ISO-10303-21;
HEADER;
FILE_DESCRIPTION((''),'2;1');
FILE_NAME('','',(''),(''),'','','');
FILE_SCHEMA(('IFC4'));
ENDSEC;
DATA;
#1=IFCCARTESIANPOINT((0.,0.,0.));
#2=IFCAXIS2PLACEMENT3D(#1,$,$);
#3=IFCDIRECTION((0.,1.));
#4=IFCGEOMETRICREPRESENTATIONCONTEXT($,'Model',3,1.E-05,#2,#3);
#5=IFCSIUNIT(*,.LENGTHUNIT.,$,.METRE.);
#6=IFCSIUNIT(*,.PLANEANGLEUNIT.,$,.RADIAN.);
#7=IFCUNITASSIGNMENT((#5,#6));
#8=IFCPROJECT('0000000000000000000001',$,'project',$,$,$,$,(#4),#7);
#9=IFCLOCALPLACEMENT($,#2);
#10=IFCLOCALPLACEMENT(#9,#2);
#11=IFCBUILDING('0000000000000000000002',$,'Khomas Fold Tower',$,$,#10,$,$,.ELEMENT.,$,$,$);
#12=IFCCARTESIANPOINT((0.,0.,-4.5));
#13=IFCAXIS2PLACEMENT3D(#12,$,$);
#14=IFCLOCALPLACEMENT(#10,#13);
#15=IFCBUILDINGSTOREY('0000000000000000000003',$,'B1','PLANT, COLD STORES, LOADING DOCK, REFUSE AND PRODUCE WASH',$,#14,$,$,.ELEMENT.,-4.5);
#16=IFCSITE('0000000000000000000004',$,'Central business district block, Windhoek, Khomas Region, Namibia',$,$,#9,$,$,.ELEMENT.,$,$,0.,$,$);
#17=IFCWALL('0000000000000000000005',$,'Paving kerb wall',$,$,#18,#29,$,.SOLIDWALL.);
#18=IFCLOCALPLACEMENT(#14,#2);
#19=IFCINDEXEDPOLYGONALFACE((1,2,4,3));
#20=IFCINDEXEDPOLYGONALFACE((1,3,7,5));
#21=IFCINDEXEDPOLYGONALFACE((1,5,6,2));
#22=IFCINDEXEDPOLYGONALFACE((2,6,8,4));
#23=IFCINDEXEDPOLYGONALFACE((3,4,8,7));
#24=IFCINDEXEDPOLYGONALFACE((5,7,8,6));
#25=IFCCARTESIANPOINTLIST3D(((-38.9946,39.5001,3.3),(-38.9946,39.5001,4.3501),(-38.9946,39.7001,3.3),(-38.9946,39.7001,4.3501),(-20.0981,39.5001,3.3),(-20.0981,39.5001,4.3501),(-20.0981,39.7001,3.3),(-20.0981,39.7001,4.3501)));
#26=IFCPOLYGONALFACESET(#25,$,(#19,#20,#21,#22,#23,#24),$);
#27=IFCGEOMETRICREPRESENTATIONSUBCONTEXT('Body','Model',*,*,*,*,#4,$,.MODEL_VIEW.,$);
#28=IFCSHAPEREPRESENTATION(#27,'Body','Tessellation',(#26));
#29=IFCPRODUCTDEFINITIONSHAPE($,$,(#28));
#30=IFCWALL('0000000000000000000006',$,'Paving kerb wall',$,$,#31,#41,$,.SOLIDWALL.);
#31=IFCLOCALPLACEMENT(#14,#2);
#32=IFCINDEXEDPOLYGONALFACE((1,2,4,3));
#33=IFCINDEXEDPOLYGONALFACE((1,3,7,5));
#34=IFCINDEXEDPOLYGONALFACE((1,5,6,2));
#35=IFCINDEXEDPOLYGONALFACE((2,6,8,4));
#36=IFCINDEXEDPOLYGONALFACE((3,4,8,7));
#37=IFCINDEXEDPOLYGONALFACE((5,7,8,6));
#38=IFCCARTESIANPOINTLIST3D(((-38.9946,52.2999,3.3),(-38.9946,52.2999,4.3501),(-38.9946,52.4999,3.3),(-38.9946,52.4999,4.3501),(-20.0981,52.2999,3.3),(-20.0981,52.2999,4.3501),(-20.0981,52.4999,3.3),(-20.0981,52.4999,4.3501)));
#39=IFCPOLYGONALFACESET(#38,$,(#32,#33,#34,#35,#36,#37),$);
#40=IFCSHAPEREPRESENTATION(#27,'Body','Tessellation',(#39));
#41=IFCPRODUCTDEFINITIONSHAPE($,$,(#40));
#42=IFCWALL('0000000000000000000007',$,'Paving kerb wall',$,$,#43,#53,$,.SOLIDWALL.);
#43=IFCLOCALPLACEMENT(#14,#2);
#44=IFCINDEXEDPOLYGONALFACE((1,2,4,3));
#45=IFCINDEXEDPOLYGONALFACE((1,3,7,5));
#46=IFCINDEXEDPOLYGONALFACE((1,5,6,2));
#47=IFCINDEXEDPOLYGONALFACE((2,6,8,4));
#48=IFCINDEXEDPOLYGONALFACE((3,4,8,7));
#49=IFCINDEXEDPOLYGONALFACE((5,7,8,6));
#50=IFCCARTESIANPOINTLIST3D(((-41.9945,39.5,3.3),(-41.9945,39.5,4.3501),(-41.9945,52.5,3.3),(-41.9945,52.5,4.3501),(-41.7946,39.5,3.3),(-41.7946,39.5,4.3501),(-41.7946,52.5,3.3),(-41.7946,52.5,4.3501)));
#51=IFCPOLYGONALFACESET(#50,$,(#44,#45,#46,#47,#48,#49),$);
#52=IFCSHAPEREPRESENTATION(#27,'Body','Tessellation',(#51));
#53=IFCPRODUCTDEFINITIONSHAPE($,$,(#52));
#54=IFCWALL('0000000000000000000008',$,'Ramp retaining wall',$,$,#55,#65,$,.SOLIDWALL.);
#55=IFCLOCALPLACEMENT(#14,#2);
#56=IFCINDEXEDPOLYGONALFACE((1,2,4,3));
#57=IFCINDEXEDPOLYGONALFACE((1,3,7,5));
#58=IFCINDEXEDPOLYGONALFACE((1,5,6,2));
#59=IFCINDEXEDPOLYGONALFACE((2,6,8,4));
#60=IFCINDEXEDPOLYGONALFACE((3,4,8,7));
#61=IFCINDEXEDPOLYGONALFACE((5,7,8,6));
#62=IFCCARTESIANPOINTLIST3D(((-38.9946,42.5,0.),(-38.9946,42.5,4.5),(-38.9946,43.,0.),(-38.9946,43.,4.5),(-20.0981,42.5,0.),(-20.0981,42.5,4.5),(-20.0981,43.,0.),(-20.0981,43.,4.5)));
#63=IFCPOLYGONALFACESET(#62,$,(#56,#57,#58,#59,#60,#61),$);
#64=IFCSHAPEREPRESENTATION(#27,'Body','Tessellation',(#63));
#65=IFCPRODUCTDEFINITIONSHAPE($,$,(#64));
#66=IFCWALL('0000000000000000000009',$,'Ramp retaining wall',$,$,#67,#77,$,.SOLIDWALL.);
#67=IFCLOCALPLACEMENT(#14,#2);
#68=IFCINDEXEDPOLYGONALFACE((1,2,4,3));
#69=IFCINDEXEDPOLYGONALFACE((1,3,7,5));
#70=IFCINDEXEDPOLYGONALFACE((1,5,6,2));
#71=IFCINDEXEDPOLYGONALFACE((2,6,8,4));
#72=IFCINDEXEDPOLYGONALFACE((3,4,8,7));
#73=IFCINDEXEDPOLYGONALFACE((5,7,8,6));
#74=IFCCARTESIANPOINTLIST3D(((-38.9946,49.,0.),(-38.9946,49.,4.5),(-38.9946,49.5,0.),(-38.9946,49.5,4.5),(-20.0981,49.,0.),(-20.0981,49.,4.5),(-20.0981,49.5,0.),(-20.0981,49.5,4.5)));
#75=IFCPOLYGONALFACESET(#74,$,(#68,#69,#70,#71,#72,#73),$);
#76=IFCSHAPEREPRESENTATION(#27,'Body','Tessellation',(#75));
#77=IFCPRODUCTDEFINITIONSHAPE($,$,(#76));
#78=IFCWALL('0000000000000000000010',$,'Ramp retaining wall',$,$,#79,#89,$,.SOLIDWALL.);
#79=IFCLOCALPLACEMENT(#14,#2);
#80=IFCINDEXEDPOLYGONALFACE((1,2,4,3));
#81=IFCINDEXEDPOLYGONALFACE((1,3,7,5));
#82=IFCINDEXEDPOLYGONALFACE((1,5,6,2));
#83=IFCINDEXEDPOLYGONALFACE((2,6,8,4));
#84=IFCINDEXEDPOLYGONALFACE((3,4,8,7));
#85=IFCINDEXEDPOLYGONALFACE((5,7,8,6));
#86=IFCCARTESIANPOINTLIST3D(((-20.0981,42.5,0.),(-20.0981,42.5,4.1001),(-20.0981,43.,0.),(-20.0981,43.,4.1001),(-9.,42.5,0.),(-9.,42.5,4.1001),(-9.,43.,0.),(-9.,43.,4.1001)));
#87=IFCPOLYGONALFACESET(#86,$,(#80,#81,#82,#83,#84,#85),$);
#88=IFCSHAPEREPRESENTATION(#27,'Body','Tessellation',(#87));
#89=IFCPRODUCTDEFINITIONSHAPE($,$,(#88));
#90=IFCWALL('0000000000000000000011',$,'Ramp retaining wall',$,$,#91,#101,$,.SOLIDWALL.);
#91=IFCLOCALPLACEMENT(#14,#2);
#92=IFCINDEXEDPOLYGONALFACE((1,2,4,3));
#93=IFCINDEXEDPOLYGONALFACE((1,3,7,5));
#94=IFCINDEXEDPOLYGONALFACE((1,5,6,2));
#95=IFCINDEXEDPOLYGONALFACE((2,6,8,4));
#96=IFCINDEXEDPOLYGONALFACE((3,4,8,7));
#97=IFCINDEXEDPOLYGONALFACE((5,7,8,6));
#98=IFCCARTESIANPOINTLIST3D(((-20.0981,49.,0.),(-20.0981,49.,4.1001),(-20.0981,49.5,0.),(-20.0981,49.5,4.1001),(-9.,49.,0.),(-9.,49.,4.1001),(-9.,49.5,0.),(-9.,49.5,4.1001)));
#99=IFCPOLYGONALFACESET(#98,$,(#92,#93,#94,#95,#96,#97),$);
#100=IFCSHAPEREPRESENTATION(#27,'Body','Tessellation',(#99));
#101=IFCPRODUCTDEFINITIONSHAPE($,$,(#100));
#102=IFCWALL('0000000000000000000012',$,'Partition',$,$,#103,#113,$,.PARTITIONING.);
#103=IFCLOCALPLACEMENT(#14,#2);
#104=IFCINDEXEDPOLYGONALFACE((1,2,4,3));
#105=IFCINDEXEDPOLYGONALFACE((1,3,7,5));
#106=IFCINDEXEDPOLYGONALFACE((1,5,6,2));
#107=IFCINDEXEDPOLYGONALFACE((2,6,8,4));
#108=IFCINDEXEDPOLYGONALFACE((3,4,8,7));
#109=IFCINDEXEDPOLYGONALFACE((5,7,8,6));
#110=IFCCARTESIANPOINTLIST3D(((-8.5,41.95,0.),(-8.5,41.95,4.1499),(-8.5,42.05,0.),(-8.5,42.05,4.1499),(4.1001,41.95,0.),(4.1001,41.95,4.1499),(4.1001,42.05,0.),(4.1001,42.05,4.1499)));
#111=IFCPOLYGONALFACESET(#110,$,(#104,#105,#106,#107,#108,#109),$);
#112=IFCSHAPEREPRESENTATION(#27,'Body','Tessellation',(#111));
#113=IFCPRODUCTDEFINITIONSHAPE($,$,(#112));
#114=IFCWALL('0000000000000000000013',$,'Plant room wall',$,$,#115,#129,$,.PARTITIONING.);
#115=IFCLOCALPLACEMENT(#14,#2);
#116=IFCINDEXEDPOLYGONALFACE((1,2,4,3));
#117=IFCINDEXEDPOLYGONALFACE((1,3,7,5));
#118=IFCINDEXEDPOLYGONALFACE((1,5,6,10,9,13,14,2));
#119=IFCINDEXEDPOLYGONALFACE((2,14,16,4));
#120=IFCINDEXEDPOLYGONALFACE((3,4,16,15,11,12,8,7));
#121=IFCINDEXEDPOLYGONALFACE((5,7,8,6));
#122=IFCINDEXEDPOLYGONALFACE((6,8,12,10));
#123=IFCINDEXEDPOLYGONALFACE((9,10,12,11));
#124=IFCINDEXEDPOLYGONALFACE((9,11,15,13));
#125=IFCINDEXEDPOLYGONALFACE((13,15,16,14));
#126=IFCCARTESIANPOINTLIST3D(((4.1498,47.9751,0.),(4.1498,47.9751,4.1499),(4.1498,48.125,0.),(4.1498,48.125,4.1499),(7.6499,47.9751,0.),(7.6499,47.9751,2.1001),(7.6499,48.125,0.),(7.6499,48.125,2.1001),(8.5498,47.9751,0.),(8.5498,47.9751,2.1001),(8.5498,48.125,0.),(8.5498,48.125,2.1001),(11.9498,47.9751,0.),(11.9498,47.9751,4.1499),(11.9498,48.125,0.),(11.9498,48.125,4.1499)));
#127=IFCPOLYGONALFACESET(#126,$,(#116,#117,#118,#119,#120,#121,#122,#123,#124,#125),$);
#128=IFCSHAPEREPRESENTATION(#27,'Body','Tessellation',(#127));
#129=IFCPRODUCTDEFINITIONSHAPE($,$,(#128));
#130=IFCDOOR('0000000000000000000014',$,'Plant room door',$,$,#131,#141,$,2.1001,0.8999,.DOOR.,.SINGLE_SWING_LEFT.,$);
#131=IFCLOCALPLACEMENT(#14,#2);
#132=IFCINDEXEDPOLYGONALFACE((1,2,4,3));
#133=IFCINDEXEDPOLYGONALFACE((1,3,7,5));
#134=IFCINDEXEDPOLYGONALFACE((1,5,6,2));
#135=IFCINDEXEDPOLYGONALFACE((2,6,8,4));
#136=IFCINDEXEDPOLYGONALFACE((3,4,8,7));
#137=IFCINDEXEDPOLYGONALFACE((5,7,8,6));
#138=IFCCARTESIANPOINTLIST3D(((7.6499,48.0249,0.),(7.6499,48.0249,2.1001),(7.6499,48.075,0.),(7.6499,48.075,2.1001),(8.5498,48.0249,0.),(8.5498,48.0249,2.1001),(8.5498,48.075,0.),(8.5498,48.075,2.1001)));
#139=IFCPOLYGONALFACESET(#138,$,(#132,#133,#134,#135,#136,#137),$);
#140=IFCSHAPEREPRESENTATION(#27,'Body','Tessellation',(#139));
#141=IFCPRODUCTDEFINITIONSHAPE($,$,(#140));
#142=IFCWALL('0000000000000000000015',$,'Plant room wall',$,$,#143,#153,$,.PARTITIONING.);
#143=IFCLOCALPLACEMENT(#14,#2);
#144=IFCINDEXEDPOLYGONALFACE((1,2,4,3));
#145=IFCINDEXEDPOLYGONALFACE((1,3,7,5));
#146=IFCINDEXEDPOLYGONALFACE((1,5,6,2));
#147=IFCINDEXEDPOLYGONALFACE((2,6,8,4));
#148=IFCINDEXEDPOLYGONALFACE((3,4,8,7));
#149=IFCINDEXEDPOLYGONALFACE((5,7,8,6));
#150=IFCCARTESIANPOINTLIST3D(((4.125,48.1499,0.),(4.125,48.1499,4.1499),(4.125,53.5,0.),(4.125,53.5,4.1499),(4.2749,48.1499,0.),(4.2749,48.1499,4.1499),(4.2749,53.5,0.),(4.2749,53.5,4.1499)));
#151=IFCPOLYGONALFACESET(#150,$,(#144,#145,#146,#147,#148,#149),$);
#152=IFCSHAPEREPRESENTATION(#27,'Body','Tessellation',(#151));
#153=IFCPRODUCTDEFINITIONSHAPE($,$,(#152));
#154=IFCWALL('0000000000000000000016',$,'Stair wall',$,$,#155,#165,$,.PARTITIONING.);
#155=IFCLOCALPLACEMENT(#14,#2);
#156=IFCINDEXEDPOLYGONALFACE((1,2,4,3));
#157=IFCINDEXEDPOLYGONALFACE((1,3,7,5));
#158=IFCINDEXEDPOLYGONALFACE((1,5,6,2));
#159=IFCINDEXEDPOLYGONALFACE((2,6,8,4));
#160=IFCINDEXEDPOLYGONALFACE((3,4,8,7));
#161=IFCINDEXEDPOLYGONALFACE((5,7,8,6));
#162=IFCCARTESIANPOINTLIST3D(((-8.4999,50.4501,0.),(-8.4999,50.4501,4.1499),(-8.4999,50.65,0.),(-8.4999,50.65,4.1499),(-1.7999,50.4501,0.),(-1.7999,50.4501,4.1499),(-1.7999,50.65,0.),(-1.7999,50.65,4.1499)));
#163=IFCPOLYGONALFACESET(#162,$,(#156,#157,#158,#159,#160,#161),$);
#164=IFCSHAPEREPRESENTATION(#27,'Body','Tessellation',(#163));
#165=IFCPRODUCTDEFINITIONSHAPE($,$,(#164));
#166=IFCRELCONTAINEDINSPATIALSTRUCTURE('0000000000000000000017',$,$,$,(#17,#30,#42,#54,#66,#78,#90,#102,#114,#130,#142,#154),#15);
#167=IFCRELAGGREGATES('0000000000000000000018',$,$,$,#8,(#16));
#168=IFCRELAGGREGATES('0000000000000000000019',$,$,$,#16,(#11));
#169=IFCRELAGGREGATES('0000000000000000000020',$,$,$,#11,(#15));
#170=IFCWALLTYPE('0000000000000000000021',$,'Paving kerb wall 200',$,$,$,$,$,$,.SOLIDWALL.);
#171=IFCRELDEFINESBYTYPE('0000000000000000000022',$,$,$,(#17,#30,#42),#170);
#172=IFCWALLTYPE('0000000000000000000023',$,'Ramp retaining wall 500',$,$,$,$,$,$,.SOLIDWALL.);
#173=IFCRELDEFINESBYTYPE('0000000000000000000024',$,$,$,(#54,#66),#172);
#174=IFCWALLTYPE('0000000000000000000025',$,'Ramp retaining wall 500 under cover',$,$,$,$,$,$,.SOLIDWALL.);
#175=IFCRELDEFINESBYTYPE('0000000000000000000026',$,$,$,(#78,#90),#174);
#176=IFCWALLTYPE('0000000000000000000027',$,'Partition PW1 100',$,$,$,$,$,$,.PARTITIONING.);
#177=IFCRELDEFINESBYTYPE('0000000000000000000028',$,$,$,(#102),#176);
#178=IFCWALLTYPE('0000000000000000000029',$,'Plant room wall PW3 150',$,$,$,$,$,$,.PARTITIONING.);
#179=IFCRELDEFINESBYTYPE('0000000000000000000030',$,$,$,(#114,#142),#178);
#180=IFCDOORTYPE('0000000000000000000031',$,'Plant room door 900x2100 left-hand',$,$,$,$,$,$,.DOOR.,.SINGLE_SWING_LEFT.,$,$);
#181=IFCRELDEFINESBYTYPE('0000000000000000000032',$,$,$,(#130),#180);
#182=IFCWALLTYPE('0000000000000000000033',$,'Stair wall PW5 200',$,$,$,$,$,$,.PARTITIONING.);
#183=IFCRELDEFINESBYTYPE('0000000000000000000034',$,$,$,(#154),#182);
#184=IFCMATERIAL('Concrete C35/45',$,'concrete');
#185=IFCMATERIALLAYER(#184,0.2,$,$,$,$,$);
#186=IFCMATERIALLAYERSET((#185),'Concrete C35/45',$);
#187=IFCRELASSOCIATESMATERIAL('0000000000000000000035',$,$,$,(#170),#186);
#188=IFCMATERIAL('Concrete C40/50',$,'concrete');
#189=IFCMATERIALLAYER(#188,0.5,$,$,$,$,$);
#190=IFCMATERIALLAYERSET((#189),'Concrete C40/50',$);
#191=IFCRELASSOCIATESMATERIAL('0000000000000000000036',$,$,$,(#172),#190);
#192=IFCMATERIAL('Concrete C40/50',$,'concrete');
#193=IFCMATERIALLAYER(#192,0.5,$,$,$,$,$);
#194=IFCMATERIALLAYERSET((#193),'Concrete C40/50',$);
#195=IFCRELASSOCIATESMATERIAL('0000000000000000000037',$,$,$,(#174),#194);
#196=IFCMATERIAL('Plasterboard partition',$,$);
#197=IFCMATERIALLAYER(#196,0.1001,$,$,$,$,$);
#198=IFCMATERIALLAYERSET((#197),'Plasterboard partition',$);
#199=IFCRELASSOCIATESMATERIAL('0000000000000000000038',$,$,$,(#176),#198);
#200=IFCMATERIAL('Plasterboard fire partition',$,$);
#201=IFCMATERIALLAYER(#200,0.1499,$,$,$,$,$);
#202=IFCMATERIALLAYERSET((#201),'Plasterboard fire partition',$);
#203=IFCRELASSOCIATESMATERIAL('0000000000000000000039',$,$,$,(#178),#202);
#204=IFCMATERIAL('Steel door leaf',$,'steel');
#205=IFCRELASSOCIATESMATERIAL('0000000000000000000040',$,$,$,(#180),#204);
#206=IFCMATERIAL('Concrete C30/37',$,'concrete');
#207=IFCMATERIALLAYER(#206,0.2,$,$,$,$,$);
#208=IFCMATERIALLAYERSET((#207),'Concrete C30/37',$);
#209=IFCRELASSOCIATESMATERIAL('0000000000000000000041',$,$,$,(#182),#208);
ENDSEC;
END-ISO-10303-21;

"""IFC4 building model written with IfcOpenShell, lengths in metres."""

from ifc_helpers import new_model, si_unit, direction, frame, frame_2d, origin, place, context, subcontext, project, spatial, rectangle, extrude, source, transform, mapped, material, layer, layer_set, type_object, element, fill, save


model = new_model("IFC4")

# Units and contexts
model_context = context("Model", 3, precision=1e-05, world=origin(), true_north=direction((0.0, 1.0)))
body_context = subcontext(model_context, "Body", "Model", "MODEL_VIEW")
ifc_project = project(units=[si_unit("LENGTHUNIT", "METRE"), si_unit("PLANEANGLEUNIT", "RADIAN")], contexts=[model_context])

# Site, building, storey
site_placement = place(None, origin())
site = spatial("IfcSite", under=ifc_project, at=site_placement, Name="Central business district block, Windhoek, Khomas Region, Namibia", CompositionType="ELEMENT", RefElevation=0.0)
building_placement = place(site_placement, origin())
building = spatial("IfcBuilding", under=site, at=building_placement, Name="Khomas Fold Tower", CompositionType="ELEMENT")
storey_placement = place(building_placement, frame((0.0, 0.0, -4.5)))
storey = spatial("IfcBuildingStorey", under=building, at=storey_placement, Name="B1", Description="PLANT, COLD STORES, LOADING DOCK, REFUSE AND PRODUCE WASH", CompositionType="ELEMENT", Elevation=-4.5)

# Walls
ifc_material_1 = material(Name="Concrete C35/45", Category="concrete")
ifc_layer_1 = layer(ifc_material_1, 0.2)
ifc_layer_set_1 = layer_set([ifc_layer_1], Name="Concrete C35/45")
wall_type_1 = type_object("IfcWallType", Name="Paving kerb wall 200", PredefinedType="SOLIDWALL", material=ifc_layer_set_1)
shared_shape_1 = source(origin(), body_context, "Body", "SweptSolid", [
    extrude(rectangle(XDim=18.8965, YDim=0.2, at=frame_2d((9.4482, 0.0))), origin(), (0.0, 0.0, 1.0), 1.05),
])
for number, where, z_axis, x_axis, name in (
    (1, (-38.9946, 39.6001, 3.3), (0.0, 0.0, 1.0), (1.0, 0.0, 0.0), "Paving kerb wall"),
    (2, (-38.9946, 52.3999, 3.3), (0.0, 0.0, 1.0), (1.0, 0.0, 0.0), "Paving kerb wall"),
):
    element("IfcWall", number, at=place(storey_placement, frame(where, z_axis=z_axis, x_axis=x_axis)), inside=storey, type_object=wall_type_1, Name=name, PredefinedType="SOLIDWALL", context=body_context, shape_type="MappedRepresentation", body=[
        mapped(shared_shape_1, transform((0.0, 0.0, 0.0))),
    ])
shared_shape_2 = source(origin(), body_context, "Body", "SweptSolid", [
    extrude(rectangle(XDim=13.0, YDim=0.2, at=frame_2d((6.5, 0.0))), origin(), (0.0, 0.0, 1.0), 1.05),
])
wall_1_placement = place(storey_placement, frame((-41.8945, 39.5, 3.3), z_axis=(0.0, 0.0, 1.0), x_axis=(0.0, 1.0, 0.0)))
element("IfcWall", 3, at=wall_1_placement, inside=storey, type_object=wall_type_1, Name="Paving kerb wall", PredefinedType="SOLIDWALL", context=body_context, shape_type="MappedRepresentation", body=[
    mapped(shared_shape_2, transform((0.0, 0.0, 0.0))),
])
ifc_material_2 = material(Name="Concrete C40/50", Category="concrete")
ifc_layer_2 = layer(ifc_material_2, 0.5)
ifc_layer_set_2 = layer_set([ifc_layer_2], Name="Concrete C40/50")
wall_type_2 = type_object("IfcWallType", Name="Ramp retaining wall 500", PredefinedType="SOLIDWALL", material=ifc_layer_set_2)
shared_shape_3 = source(origin(), body_context, "Body", "SweptSolid", [
    extrude(rectangle(XDim=18.8965, YDim=0.5, at=frame_2d((9.4482, 0.0))), origin(), (0.0, 0.0, 1.0), 4.5),
])
for number, where, z_axis, x_axis, name in (
    (4, (-38.9946, 42.75, 0.0), (0.0, 0.0, 1.0), (1.0, 0.0, 0.0), "Ramp retaining wall"),
    (5, (-38.9946, 49.25, 0.0), (0.0, 0.0, 1.0), (1.0, 0.0, 0.0), "Ramp retaining wall"),
):
    element("IfcWall", number, at=place(storey_placement, frame(where, z_axis=z_axis, x_axis=x_axis)), inside=storey, type_object=wall_type_2, Name=name, PredefinedType="SOLIDWALL", context=body_context, shape_type="MappedRepresentation", body=[
        mapped(shared_shape_3, transform((0.0, 0.0, 0.0))),
    ])
ifc_material_3 = material(Name="Concrete C40/50", Category="concrete")
ifc_layer_3 = layer(ifc_material_3, 0.5)
ifc_layer_set_3 = layer_set([ifc_layer_3], Name="Concrete C40/50")
wall_type_3 = type_object("IfcWallType", Name="Ramp retaining wall 500 under cover", PredefinedType="SOLIDWALL", material=ifc_layer_set_3)
shared_shape_4 = source(origin(), body_context, "Body", "SweptSolid", [
    extrude(rectangle(XDim=11.0981, YDim=0.5, at=frame_2d((5.5491, 0.0))), origin(), (0.0, 0.0, 1.0), 4.1001),
])
for number, where, z_axis, x_axis, name in (
    (6, (-20.0981, 42.75, 0.0), (0.0, 0.0, 1.0), (1.0, 0.0, 0.0), "Ramp retaining wall"),
    (7, (-20.0981, 49.25, 0.0), (0.0, 0.0, 1.0), (1.0, 0.0, 0.0), "Ramp retaining wall"),
):
    element("IfcWall", number, at=place(storey_placement, frame(where, z_axis=z_axis, x_axis=x_axis)), inside=storey, type_object=wall_type_3, Name=name, PredefinedType="SOLIDWALL", context=body_context, shape_type="MappedRepresentation", body=[
        mapped(shared_shape_4, transform((0.0, 0.0, 0.0))),
    ])
ifc_material_4 = material(Name="Plasterboard partition")
ifc_layer_4 = layer(ifc_material_4, 0.1001)
ifc_layer_set_4 = layer_set([ifc_layer_4], Name="Plasterboard partition")
wall_type_4 = type_object("IfcWallType", Name="Partition PW1 100", PredefinedType="PARTITIONING", material=ifc_layer_set_4)
shared_shape_5 = source(origin(), body_context, "Body", "SweptSolid", [
    extrude(rectangle(XDim=12.6001, YDim=0.1001, at=frame_2d((6.3, 0.0))), origin(), (0.0, 0.0, 1.0), 4.1499),
])
wall_2_placement = place(storey_placement, frame((-8.5, 42.0, 0.0), z_axis=(0.0, 0.0, 1.0), x_axis=(1.0, 0.0, 0.0)))
element("IfcWall", 8, at=wall_2_placement, inside=storey, type_object=wall_type_4, Name="Partition", PredefinedType="PARTITIONING", context=body_context, shape_type="MappedRepresentation", body=[
    mapped(shared_shape_5, transform((0.0, 0.0, 0.0))),
])

# Wall, opening, door
ifc_material_5 = material(Name="Plasterboard fire partition")
ifc_layer_5 = layer(ifc_material_5, 0.1499)
ifc_layer_set_5 = layer_set([ifc_layer_5], Name="Plasterboard fire partition")
wall_type_5 = type_object("IfcWallType", Name="Plant room wall PW3 150", PredefinedType="PARTITIONING", material=ifc_layer_set_5)
shared_shape_6 = source(origin(), body_context, "Body", "SweptSolid", [
    extrude(rectangle(XDim=7.8, YDim=0.1499, at=frame_2d((3.8999, 0.0))), origin(), (0.0, 0.0, 1.0), 4.1499),
])
wall_3_placement = place(storey_placement, frame((4.1499, 48.05, 0.0), z_axis=(0.0, 0.0, 1.0), x_axis=(1.0, 0.0, 0.0)))
wall_3 = element("IfcWall", 9, at=wall_3_placement, inside=storey, type_object=wall_type_5, Name="Plant room wall", PredefinedType="PARTITIONING", context=body_context, shape_type="MappedRepresentation", body=[
    mapped(shared_shape_6, transform((0.0, 0.0, 0.0))),
])
shared_shape_7 = source(origin(), body_context, "Body", "SweptSolid", [
    extrude(rectangle(XDim=0.8999, YDim=2.1001, at=frame_2d((0.45, 1.05))), frame((0.0, 0.085, 0.0), z_axis=(0.0, -1.0, 0.0), x_axis=(1.0, 0.0, 0.0)), (0.0, 0.0, 1.0), 0.1699),
])
opening_placement = place(wall_3_placement, frame((3.5, 0.0, 0.0)))
opening = element("IfcOpeningElement", 10, at=opening_placement, cuts=wall_3, PredefinedType="OPENING", context=body_context, shape_type="MappedRepresentation", body=[
    mapped(shared_shape_7, transform((0.0, 0.0, 0.0))),
])
ifc_material_6 = material(Name="Steel door leaf", Category="steel")
door_type = type_object("IfcDoorType", Name="Plant room door 900x2100 left-hand", OperationType="SINGLE_SWING_LEFT", PredefinedType="DOOR", material=ifc_material_6)
shared_shape_8 = source(origin(), body_context, "Body", "SweptSolid", [
    extrude(rectangle(XDim=0.8999, YDim=2.1001, at=frame_2d((0.45, 1.05))), frame((0.0, 0.0249, 0.0), z_axis=(0.0, -1.0, 0.0), x_axis=(1.0, 0.0, 0.0)), (0.0, 0.0, 1.0), 0.05),
])
door_placement = place(opening_placement, origin())
door = element("IfcDoor", 11, at=door_placement, inside=storey, type_object=door_type, Name="Plant room door", OperationType="SINGLE_SWING_LEFT", OverallHeight=2.1001, OverallWidth=0.8999, PredefinedType="DOOR", context=body_context, shape_type="MappedRepresentation", body=[
    mapped(shared_shape_8, transform((0.0, 0.0, 0.0))),
])
fill(opening, door)

# Walls
shared_shape_9 = source(origin(), body_context, "Body", "SweptSolid", [
    extrude(rectangle(XDim=5.3501, YDim=0.1499, at=frame_2d((2.675, 0.0))), origin(), (0.0, 0.0, 1.0), 4.1499),
])
wall_4_placement = place(storey_placement, frame((4.2, 48.1499, 0.0), z_axis=(0.0, 0.0, 1.0), x_axis=(0.0, 1.0, 0.0)))
element("IfcWall", 12, at=wall_4_placement, inside=storey, type_object=wall_type_5, Name="Plant room wall", PredefinedType="PARTITIONING", context=body_context, shape_type="MappedRepresentation", body=[
    mapped(shared_shape_9, transform((0.0, 0.0, 0.0))),
])
ifc_material_7 = material(Name="Concrete C30/37", Category="concrete")
ifc_layer_6 = layer(ifc_material_7, 0.2)
ifc_layer_set_6 = layer_set([ifc_layer_6], Name="Concrete C30/37")
wall_type_6 = type_object("IfcWallType", Name="Stair wall PW5 200", PredefinedType="PARTITIONING", material=ifc_layer_set_6)
shared_shape_10 = source(origin(), body_context, "Body", "SweptSolid", [
    extrude(rectangle(XDim=6.7, YDim=0.2, at=frame_2d((3.3501, 0.0))), origin(), (0.0, 0.0, 1.0), 4.1499),
])
wall_5_placement = place(storey_placement, frame((-8.5, 50.55, 0.0), z_axis=(0.0, 0.0, 1.0), x_axis=(1.0, 0.0, 0.0)))
element("IfcWall", 13, at=wall_5_placement, inside=storey, type_object=wall_type_6, Name="Stair wall", PredefinedType="PARTITIONING", context=body_context, shape_type="MappedRepresentation", body=[
    mapped(shared_shape_10, transform((0.0, 0.0, 0.0))),
])

save(model, "model.ifc")
